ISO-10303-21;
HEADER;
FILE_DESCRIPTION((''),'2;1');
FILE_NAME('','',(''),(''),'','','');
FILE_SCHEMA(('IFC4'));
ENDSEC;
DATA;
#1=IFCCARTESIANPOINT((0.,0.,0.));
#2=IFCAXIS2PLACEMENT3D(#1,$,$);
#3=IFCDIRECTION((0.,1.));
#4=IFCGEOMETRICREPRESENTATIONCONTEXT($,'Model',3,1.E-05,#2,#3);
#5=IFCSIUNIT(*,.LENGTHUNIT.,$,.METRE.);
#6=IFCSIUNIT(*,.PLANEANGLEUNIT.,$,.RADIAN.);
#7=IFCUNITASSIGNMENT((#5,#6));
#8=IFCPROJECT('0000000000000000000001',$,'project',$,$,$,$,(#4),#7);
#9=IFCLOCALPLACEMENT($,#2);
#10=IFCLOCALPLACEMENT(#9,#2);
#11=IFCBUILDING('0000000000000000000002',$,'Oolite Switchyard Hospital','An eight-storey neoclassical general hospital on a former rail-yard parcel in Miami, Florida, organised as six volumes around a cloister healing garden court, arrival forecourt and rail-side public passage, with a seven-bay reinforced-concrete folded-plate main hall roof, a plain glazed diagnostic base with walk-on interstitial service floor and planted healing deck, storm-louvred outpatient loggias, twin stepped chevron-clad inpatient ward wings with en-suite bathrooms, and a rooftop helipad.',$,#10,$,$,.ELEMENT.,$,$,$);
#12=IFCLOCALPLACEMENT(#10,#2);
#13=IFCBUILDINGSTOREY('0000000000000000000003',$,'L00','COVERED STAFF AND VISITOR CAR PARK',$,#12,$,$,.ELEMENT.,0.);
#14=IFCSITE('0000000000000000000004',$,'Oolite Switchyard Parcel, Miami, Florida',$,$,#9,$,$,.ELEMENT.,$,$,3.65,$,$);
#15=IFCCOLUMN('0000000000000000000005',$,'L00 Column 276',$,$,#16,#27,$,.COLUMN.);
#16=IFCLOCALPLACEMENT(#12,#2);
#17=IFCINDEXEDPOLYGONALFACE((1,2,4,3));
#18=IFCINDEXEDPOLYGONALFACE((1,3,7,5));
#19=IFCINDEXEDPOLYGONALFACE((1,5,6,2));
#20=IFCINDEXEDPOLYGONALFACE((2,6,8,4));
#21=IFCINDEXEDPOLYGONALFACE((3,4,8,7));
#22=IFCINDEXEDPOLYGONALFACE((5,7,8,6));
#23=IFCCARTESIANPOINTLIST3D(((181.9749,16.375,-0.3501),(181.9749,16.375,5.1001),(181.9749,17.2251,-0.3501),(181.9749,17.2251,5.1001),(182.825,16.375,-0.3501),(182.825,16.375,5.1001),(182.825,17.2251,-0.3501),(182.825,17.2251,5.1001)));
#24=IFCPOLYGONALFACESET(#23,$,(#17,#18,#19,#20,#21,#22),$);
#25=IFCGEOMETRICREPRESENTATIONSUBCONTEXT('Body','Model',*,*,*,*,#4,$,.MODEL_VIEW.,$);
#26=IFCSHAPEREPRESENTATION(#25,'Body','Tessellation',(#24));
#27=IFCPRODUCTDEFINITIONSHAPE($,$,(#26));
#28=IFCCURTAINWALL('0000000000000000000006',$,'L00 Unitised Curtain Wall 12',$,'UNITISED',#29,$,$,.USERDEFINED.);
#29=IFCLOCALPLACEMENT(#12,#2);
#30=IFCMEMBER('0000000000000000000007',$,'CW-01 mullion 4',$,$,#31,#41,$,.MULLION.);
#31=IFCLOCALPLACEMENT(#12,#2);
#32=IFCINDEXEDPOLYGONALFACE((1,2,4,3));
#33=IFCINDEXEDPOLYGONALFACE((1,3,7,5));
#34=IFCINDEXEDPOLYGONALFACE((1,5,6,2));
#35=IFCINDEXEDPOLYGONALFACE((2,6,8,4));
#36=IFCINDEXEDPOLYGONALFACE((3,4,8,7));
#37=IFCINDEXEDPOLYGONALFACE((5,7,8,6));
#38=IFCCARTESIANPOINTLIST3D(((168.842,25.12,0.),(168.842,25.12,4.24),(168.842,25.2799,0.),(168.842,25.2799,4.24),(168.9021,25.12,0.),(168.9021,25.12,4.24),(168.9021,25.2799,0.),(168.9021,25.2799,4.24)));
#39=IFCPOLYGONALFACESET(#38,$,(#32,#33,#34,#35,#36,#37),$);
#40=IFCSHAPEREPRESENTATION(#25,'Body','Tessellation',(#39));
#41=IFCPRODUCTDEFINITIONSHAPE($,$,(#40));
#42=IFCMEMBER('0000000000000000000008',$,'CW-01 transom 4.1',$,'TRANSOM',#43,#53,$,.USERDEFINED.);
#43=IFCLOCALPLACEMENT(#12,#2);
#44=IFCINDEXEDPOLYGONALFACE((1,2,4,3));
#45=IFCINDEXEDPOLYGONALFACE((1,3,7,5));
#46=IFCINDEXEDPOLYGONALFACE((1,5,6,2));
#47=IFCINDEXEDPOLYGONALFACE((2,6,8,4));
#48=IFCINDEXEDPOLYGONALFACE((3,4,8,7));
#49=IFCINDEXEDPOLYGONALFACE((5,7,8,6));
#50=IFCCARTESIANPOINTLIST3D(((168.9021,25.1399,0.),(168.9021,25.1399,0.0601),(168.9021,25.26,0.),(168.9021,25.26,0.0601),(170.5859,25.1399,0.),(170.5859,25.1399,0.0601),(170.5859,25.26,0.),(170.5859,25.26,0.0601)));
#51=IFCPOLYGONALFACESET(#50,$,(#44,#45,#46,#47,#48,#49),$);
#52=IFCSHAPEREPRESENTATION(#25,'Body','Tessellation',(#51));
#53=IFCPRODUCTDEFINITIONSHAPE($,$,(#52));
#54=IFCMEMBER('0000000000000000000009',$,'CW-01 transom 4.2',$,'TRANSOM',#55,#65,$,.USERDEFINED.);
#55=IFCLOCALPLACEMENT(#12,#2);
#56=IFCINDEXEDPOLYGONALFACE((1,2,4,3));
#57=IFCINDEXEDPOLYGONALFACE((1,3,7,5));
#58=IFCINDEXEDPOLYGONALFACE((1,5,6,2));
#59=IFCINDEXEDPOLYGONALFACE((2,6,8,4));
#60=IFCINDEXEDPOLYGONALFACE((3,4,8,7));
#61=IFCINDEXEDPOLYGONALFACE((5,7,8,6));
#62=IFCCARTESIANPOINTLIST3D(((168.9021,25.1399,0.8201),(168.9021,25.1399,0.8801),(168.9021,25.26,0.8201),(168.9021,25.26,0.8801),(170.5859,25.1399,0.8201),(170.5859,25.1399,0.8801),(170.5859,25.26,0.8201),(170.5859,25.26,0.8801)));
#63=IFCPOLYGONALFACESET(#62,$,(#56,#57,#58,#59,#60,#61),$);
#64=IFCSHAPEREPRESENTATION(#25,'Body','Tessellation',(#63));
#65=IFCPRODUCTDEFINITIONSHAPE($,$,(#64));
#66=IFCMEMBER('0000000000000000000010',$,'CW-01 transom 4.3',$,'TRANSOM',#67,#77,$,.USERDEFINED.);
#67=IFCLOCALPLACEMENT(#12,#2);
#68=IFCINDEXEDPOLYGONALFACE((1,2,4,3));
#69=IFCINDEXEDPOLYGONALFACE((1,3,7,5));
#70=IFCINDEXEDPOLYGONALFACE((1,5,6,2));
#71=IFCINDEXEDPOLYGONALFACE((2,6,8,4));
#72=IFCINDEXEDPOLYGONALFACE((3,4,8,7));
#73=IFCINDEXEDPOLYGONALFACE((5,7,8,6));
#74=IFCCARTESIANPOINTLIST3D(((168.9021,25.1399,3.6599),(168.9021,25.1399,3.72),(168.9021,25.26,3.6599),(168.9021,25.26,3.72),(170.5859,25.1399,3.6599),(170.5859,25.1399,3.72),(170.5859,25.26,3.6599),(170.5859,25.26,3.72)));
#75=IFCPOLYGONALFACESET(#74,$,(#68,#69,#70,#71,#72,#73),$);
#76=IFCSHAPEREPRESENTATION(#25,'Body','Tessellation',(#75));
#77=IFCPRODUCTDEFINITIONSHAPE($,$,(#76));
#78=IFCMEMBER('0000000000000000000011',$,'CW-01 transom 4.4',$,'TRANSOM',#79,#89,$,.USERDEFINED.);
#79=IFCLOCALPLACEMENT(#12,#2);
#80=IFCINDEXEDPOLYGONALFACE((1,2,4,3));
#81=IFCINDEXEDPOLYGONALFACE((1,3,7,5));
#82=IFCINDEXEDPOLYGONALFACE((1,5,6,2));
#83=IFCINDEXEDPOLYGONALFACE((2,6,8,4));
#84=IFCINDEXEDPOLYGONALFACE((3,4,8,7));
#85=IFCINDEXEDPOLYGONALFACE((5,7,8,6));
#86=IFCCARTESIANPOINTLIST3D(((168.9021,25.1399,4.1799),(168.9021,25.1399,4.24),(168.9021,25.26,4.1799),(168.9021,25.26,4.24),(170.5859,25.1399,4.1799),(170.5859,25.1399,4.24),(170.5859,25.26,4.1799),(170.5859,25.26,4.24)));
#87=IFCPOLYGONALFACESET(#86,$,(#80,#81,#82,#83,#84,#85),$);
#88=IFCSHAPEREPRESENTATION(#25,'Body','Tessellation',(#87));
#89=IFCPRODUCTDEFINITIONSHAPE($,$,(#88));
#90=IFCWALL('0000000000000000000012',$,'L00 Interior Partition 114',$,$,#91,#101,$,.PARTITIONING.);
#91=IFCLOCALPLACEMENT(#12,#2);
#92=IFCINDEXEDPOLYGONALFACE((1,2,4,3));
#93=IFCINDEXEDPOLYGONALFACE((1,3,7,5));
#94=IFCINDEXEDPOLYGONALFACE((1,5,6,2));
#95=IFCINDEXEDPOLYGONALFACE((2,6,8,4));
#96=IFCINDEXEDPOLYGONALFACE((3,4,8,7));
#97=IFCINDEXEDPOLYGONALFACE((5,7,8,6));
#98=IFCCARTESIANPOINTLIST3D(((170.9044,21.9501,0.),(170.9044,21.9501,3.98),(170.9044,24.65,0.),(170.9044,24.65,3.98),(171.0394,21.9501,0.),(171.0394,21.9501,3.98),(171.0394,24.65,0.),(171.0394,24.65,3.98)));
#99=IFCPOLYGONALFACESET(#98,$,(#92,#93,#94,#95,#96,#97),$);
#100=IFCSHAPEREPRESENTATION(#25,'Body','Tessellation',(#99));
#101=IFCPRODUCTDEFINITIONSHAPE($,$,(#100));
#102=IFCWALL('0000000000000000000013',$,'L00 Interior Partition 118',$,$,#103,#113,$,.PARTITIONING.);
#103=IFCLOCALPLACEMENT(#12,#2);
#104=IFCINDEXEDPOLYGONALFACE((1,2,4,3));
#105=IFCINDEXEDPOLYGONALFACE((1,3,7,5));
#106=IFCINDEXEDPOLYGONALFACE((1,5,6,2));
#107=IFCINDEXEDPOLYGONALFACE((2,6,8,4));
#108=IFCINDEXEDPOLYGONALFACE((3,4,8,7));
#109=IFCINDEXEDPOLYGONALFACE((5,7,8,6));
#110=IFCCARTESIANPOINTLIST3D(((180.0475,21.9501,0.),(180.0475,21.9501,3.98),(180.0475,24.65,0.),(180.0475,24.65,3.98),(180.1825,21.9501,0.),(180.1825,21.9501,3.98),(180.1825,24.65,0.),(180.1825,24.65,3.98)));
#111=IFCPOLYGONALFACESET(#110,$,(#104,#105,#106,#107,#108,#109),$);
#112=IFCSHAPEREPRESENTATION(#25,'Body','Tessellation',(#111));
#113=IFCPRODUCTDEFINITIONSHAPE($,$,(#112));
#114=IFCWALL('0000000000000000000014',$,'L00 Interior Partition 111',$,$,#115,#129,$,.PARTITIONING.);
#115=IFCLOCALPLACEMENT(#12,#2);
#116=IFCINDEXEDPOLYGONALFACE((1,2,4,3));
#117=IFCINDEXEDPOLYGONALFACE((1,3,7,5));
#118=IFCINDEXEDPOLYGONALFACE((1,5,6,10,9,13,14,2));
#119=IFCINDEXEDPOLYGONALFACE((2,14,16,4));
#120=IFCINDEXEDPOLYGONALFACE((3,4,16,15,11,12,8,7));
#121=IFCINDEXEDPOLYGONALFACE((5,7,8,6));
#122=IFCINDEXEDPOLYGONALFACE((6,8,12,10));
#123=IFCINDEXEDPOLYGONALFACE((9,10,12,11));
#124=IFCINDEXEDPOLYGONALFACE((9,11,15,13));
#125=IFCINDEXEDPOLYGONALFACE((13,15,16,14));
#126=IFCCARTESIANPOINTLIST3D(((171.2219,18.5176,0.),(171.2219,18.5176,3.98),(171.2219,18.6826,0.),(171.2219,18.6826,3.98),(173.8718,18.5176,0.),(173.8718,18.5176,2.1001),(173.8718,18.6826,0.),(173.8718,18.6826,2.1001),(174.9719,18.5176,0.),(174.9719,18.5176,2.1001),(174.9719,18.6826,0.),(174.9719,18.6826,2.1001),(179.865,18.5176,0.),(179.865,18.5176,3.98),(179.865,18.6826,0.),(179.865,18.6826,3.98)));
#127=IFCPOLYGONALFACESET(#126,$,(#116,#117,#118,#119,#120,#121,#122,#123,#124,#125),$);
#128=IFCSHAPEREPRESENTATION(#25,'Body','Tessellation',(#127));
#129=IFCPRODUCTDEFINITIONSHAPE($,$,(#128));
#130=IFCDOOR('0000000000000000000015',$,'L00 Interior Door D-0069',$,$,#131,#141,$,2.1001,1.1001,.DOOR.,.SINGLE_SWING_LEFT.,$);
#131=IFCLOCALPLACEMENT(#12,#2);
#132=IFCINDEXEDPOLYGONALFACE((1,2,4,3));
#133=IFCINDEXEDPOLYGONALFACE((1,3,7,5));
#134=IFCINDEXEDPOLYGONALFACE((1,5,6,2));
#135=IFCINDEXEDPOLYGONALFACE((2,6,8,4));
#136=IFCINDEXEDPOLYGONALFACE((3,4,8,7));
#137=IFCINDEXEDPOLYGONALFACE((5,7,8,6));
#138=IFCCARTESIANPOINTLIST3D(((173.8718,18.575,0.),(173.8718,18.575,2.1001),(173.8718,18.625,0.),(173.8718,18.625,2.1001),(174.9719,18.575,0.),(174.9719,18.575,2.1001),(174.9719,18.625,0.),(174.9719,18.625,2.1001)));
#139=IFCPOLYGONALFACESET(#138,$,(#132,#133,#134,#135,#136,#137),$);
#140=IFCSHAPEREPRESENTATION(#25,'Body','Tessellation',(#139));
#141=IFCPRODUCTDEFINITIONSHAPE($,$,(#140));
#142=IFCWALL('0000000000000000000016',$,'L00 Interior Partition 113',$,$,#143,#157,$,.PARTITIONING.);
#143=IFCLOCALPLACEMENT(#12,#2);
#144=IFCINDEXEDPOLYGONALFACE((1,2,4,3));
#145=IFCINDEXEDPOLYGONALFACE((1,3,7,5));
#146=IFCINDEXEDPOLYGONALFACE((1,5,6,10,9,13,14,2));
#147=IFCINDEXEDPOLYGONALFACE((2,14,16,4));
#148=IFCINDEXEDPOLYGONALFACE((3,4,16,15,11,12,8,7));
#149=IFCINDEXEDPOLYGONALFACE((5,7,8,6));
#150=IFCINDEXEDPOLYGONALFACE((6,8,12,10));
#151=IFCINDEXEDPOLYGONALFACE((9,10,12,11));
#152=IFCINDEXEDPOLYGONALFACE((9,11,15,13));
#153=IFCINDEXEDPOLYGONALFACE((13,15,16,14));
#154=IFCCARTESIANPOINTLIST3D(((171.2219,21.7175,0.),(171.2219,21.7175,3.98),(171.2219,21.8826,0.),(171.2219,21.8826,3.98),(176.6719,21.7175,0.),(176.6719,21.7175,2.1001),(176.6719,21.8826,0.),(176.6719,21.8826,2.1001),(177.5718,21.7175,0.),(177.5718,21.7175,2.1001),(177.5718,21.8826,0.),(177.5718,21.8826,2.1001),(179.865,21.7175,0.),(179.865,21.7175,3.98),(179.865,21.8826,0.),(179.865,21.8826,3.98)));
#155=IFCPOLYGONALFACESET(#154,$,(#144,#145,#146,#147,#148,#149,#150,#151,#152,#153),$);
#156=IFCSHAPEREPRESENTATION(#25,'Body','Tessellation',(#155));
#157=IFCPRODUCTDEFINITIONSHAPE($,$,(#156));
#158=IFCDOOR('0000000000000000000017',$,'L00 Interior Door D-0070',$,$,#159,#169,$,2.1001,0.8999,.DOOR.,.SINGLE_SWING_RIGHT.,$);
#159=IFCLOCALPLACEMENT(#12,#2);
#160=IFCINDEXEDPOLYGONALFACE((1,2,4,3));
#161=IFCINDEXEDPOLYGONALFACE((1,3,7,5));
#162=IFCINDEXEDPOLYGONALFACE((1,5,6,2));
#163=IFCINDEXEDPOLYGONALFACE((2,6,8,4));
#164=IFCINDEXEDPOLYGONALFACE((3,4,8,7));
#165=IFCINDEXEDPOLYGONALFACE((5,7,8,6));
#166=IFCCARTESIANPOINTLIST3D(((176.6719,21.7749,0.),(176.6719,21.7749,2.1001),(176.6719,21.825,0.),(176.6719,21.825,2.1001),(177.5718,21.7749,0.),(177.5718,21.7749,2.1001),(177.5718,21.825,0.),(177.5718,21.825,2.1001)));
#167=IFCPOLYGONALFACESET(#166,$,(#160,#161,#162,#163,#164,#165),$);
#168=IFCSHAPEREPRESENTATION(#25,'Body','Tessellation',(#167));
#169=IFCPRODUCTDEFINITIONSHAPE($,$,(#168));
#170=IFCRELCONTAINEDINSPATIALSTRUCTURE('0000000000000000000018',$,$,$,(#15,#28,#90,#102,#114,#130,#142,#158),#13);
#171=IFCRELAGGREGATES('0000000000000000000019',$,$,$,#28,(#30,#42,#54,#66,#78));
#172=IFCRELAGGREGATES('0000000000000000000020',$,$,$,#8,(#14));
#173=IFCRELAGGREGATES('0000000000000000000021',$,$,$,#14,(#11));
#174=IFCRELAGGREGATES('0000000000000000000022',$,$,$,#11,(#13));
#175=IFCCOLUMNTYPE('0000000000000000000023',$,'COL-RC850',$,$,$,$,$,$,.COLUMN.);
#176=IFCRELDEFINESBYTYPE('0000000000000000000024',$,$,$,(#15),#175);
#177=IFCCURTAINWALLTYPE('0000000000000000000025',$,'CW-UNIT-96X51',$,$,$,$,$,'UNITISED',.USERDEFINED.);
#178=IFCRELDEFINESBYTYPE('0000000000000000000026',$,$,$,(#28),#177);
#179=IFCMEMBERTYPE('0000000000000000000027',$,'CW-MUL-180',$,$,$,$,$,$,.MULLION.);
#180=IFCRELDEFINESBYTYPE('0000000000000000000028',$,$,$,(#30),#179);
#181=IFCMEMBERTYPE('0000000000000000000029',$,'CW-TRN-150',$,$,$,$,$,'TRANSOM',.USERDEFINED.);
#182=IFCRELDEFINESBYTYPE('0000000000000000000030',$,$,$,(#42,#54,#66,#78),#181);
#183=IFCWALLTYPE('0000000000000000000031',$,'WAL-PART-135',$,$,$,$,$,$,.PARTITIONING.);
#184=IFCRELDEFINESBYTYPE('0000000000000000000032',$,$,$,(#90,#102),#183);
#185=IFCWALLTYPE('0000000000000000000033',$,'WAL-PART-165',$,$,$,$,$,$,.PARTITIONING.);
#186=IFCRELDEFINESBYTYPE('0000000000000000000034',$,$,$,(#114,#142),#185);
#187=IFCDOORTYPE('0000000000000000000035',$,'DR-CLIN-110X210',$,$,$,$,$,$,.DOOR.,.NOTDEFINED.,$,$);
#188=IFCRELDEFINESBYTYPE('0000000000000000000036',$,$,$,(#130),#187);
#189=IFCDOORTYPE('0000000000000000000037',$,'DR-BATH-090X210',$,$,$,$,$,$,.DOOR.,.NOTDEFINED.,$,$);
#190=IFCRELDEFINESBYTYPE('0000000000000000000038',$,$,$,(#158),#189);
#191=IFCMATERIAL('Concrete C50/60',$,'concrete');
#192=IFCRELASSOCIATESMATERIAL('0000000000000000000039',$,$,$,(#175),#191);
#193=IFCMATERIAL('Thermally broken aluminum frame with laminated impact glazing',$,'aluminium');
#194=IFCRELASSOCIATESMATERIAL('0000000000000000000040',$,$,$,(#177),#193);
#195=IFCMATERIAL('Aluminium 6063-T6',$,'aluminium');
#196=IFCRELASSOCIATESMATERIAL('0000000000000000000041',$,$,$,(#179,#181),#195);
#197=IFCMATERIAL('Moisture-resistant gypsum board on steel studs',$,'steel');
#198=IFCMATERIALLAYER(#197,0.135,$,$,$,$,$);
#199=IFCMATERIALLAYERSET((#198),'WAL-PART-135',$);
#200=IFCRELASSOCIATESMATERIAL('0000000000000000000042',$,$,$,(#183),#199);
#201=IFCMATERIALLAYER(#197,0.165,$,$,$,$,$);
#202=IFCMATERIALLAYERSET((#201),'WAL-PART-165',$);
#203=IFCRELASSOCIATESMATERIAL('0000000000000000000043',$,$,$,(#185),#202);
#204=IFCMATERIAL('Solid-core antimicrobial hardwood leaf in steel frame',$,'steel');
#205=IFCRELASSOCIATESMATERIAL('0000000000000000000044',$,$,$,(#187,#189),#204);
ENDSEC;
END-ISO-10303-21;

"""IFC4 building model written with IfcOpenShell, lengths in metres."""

from ifc_helpers import new_model, si_unit, direction, frame, frame_2d, origin, origin_2d, place, context, subcontext, project, spatial, rectangle, extrude, material, layer, layer_set, material_profile, profile_set, type_object, element, fill, aggregate, save


model = new_model("IFC4")

# Units and contexts
model_context = context("Model", 3, precision=1e-05, world=origin(), true_north=direction((0.0, 1.0)))
body_context = subcontext(model_context, "Body", "Model", "MODEL_VIEW")
ifc_project = project(units=[si_unit("LENGTHUNIT", "METRE"), si_unit("PLANEANGLEUNIT", "RADIAN")], contexts=[model_context])

# Site, building, storey
site_placement = place(None, origin())
site = spatial("IfcSite", under=ifc_project, at=site_placement, Name="Oolite Switchyard Parcel, Miami, Florida", CompositionType="ELEMENT", RefElevation=3.65)
building_placement = place(site_placement, origin())
building = spatial("IfcBuilding", under=site, at=building_placement, Name="Oolite Switchyard Hospital", Description="An eight-storey neoclassical general hospital on a former rail-yard parcel in Miami, Florida, organised as six volumes around a cloister healing garden court, arrival forecourt and rail-side public passage, with a seven-bay reinforced-concrete folded-plate main hall roof, a plain glazed diagnostic base with walk-on interstitial service floor and planted healing deck, storm-louvred outpatient loggias, twin stepped chevron-clad inpatient ward wings with en-suite bathrooms, and a rooftop helipad.", CompositionType="ELEMENT")
storey_placement = place(building_placement, origin())
storey = spatial("IfcBuildingStorey", under=building, at=storey_placement, Name="L00", Description="COVERED STAFF AND VISITOR CAR PARK", CompositionType="ELEMENT", Elevation=0.0)

# Column
ifc_material_1 = material(Name="Concrete C50/60", Category="concrete")
ifc_material_profile_1 = material_profile(ifc_material_1, rectangle(XDim=0.8501, YDim=0.8501, at=origin_2d()), Name="RC850X850")
ifc_profile_set_1 = profile_set([ifc_material_profile_1], Name="Concrete C50/60")
column_type = type_object("IfcColumnType", Name="COL-RC850", PredefinedType="COLUMN", material=ifc_profile_set_1)
for number, where, z_axis, x_axis, name in (
    (1, (182.3999, 16.8, -0.3501), (0.0, 0.0, 1.0), (1.0, 0.0, 0.0), "L00 Column 276"),
):
    element("IfcColumn", number, at=place(storey_placement, frame(where, z_axis=z_axis, x_axis=x_axis)), inside=storey, type_object=column_type, Name=name, PredefinedType="COLUMN", context=body_context, shape_type="SweptSolid", body=[
        extrude(rectangle(XDim=0.8501, YDim=0.8501, at=origin_2d()), origin(), (0.0, 0.0, 1.0), 5.4502),
    ])

# Curtain wall, members
ifc_material_2 = material(Name="Thermally broken aluminum frame with laminated impact glazing", Category="aluminium")
curtain_wall_type = type_object("IfcCurtainWallType", Name="CW-UNIT-96X51", ElementType="UNITISED", PredefinedType="USERDEFINED", material=ifc_material_2)
curtain_wall_placement = place(storey_placement, origin())
curtain_wall = element("IfcCurtainWall", 2, at=curtain_wall_placement, inside=storey, type_object=curtain_wall_type, Name="L00 Unitised Curtain Wall 12", ObjectType="UNITISED", PredefinedType="USERDEFINED")
ifc_material_3 = material(Name="Aluminium 6063-T6", Category="aluminium")
ifc_material_profile_2 = material_profile(ifc_material_3, rectangle(XDim=0.1599, YDim=0.0601, at=origin_2d()), Name="CWM60X160")
ifc_profile_set_2 = profile_set([ifc_material_profile_2], Name="Aluminium 6063-T6")
member_type_1 = type_object("IfcMemberType", Name="CW-MUL-180", PredefinedType="MULLION", material=ifc_profile_set_2)
member_1_placement = place(storey_placement, frame((168.8721, 25.2, 0.0), z_axis=(0.0, 0.0, 1.0), x_axis=(0.0, 1.0, 0.0)))
member_1 = element("IfcMember", 3, at=member_1_placement, type_object=member_type_1, Name="CW-01 mullion 4", PredefinedType="MULLION", context=body_context, shape_type="SweptSolid", body=[
    extrude(rectangle(XDim=0.1599, YDim=0.0601, at=origin_2d()), origin(), (0.0, 0.0, 1.0), 4.24),
])
ifc_material_profile_3 = material_profile(ifc_material_3, rectangle(XDim=0.1201, YDim=0.0601, at=origin_2d()), Name="CWT60X120")
ifc_profile_set_3 = profile_set([ifc_material_profile_3], Name="Aluminium 6063-T6")
member_type_2 = type_object("IfcMemberType", Name="CW-TRN-150", ElementType="TRANSOM", PredefinedType="USERDEFINED", material=ifc_profile_set_3)
member_2_placement = place(storey_placement, frame((168.9021, 25.2, 0.03), z_axis=(1.0, 0.0, 0.0), x_axis=(0.0, 1.0, 0.0)))
member_2 = element("IfcMember", 4, at=member_2_placement, type_object=member_type_2, Name="CW-01 transom 4.1", ObjectType="TRANSOM", PredefinedType="USERDEFINED", context=body_context, shape_type="SweptSolid", body=[
    extrude(rectangle(XDim=0.1201, YDim=0.0601, at=origin_2d()), origin(), (0.0, 0.0, 1.0), 1.6838),
])
member_3_placement = place(storey_placement, frame((168.9021, 25.2, 0.8501), z_axis=(1.0, 0.0, 0.0), x_axis=(0.0, 1.0, 0.0)))
member_3 = element("IfcMember", 5, at=member_3_placement, type_object=member_type_2, Name="CW-01 transom 4.2", ObjectType="TRANSOM", PredefinedType="USERDEFINED", context=body_context, shape_type="SweptSolid", body=[
    extrude(rectangle(XDim=0.1201, YDim=0.0601, at=origin_2d()), origin(), (0.0, 0.0, 1.0), 1.6838),
])
member_4_placement = place(storey_placement, frame((168.9021, 25.2, 3.6899), z_axis=(1.0, 0.0, 0.0), x_axis=(0.0, 1.0, 0.0)))
member_4 = element("IfcMember", 6, at=member_4_placement, type_object=member_type_2, Name="CW-01 transom 4.3", ObjectType="TRANSOM", PredefinedType="USERDEFINED", context=body_context, shape_type="SweptSolid", body=[
    extrude(rectangle(XDim=0.1201, YDim=0.0601, at=origin_2d()), origin(), (0.0, 0.0, 1.0), 1.6838),
])
member_5_placement = place(storey_placement, frame((168.9021, 25.2, 4.21), z_axis=(1.0, 0.0, 0.0), x_axis=(0.0, 1.0, 0.0)))
member_5 = element("IfcMember", 7, at=member_5_placement, type_object=member_type_2, Name="CW-01 transom 4.4", ObjectType="TRANSOM", PredefinedType="USERDEFINED", context=body_context, shape_type="SweptSolid", body=[
    extrude(rectangle(XDim=0.1201, YDim=0.0601, at=origin_2d()), origin(), (0.0, 0.0, 1.0), 1.6838),
])
aggregate(curtain_wall, [member_1, member_2, member_3, member_4, member_5])

# Walls
ifc_material_4 = material(Name="Moisture-resistant gypsum board on steel studs", Category="steel")
ifc_layer_1 = layer(ifc_material_4, 0.135)
ifc_layer_set_1 = layer_set([ifc_layer_1], Name="WAL-PART-135")
wall_type_1 = type_object("IfcWallType", Name="WAL-PART-135", PredefinedType="PARTITIONING", material=ifc_layer_set_1)
for number, where, z_axis, x_axis, name in (
    (8, (170.9719, 21.95, 0.0), (0.0, 0.0, 1.0), (0.0, 1.0, 0.0), "L00 Interior Partition 114"),
    (9, (180.115, 21.95, 0.0), (0.0, 0.0, 1.0), (0.0, 1.0, 0.0), "L00 Interior Partition 118"),
):
    element("IfcWall", number, at=place(storey_placement, frame(where, z_axis=z_axis, x_axis=x_axis)), inside=storey, type_object=wall_type_1, Name=name, PredefinedType="PARTITIONING", context=body_context, shape_type="SweptSolid", body=[
        extrude(rectangle(XDim=2.7, YDim=0.135, at=frame_2d((1.3501, 0.0))), origin(), (0.0, 0.0, 1.0), 3.98),
    ])

# Walls, openings, doors
ifc_layer_2 = layer(ifc_material_4, 0.165)
ifc_layer_set_2 = layer_set([ifc_layer_2], Name="WAL-PART-165")
wall_type_2 = type_object("IfcWallType", Name="WAL-PART-165", PredefinedType="PARTITIONING", material=ifc_layer_set_2)
wall_1_placement = place(storey_placement, frame((171.2219, 18.6001, 0.0), z_axis=(0.0, 0.0, 1.0), x_axis=(1.0, 0.0, 0.0)))
wall_1 = element("IfcWall", 10, at=wall_1_placement, inside=storey, type_object=wall_type_2, Name="L00 Interior Partition 111", PredefinedType="PARTITIONING", context=body_context, shape_type="SweptSolid", body=[
    extrude(rectangle(XDim=8.6431, YDim=0.165, at=frame_2d((4.3215, 0.0))), origin(), (0.0, 0.0, 1.0), 3.98),
])
opening_1_placement = place(wall_1_placement, frame((2.6499, 0.0, 0.0)))
opening_1 = element("IfcOpeningElement", 11, at=opening_1_placement, cuts=wall_1, PredefinedType="OPENING", context=body_context, shape_type="SweptSolid", body=[
    extrude(rectangle(XDim=1.1001, YDim=2.1001, at=frame_2d((0.55, 1.05))), frame((0.0, 0.0925, 0.0), z_axis=(0.0, -1.0, 0.0), x_axis=(1.0, 0.0, 0.0)), (0.0, 0.0, 1.0), 0.1851),
])
ifc_material_5 = material(Name="Solid-core antimicrobial hardwood leaf in steel frame", Category="steel")
door_type_1 = type_object("IfcDoorType", Name="DR-CLIN-110X210", OperationType="NOTDEFINED", PredefinedType="DOOR", material=ifc_material_5)
door_1_placement = place(opening_1_placement, origin())
door_1 = element("IfcDoor", 12, at=door_1_placement, inside=storey, type_object=door_type_1, Name="L00 Interior Door D-0069", OperationType="SINGLE_SWING_LEFT", OverallHeight=2.1001, OverallWidth=1.1001, PredefinedType="DOOR", context=body_context, shape_type="SweptSolid", body=[
    extrude(rectangle(XDim=1.1001, YDim=2.1001, at=frame_2d((0.55, 1.05))), frame((0.0, 0.0249, 0.0), z_axis=(0.0, -1.0, 0.0), x_axis=(1.0, 0.0, 0.0)), (0.0, 0.0, 1.0), 0.05),
])
fill(opening_1, door_1)
wall_2_placement = place(storey_placement, frame((171.2219, 21.8, 0.0), z_axis=(0.0, 0.0, 1.0), x_axis=(1.0, 0.0, 0.0)))
wall_2 = element("IfcWall", 13, at=wall_2_placement, inside=storey, type_object=wall_type_2, Name="L00 Interior Partition 113", PredefinedType="PARTITIONING", context=body_context, shape_type="SweptSolid", body=[
    extrude(rectangle(XDim=8.6431, YDim=0.165, at=frame_2d((4.3215, 0.0))), origin(), (0.0, 0.0, 1.0), 3.98),
])
opening_2_placement = place(wall_2_placement, frame((5.45, 0.0, 0.0)))
opening_2 = element("IfcOpeningElement", 14, at=opening_2_placement, cuts=wall_2, PredefinedType="OPENING", context=body_context, shape_type="SweptSolid", body=[
    extrude(rectangle(XDim=0.8999, YDim=2.1001, at=frame_2d((0.45, 1.05))), frame((0.0, 0.0925, 0.0), z_axis=(0.0, -1.0, 0.0), x_axis=(1.0, 0.0, 0.0)), (0.0, 0.0, 1.0), 0.1851),
])
door_type_2 = type_object("IfcDoorType", Name="DR-BATH-090X210", OperationType="NOTDEFINED", PredefinedType="DOOR", material=ifc_material_5)
door_2_placement = place(opening_2_placement, origin())
door_2 = element("IfcDoor", 15, at=door_2_placement, inside=storey, type_object=door_type_2, Name="L00 Interior Door D-0070", OperationType="SINGLE_SWING_RIGHT", OverallHeight=2.1001, OverallWidth=0.8999, PredefinedType="DOOR", context=body_context, shape_type="SweptSolid", body=[
    extrude(rectangle(XDim=0.8999, YDim=2.1001, at=frame_2d((0.45, 1.05))), frame((0.0, 0.0249, 0.0), z_axis=(0.0, -1.0, 0.0), x_axis=(1.0, 0.0, 0.0)), (0.0, 0.0, 1.0), 0.05),
])
fill(opening_2, door_2)

save(model, "model.ifc")
